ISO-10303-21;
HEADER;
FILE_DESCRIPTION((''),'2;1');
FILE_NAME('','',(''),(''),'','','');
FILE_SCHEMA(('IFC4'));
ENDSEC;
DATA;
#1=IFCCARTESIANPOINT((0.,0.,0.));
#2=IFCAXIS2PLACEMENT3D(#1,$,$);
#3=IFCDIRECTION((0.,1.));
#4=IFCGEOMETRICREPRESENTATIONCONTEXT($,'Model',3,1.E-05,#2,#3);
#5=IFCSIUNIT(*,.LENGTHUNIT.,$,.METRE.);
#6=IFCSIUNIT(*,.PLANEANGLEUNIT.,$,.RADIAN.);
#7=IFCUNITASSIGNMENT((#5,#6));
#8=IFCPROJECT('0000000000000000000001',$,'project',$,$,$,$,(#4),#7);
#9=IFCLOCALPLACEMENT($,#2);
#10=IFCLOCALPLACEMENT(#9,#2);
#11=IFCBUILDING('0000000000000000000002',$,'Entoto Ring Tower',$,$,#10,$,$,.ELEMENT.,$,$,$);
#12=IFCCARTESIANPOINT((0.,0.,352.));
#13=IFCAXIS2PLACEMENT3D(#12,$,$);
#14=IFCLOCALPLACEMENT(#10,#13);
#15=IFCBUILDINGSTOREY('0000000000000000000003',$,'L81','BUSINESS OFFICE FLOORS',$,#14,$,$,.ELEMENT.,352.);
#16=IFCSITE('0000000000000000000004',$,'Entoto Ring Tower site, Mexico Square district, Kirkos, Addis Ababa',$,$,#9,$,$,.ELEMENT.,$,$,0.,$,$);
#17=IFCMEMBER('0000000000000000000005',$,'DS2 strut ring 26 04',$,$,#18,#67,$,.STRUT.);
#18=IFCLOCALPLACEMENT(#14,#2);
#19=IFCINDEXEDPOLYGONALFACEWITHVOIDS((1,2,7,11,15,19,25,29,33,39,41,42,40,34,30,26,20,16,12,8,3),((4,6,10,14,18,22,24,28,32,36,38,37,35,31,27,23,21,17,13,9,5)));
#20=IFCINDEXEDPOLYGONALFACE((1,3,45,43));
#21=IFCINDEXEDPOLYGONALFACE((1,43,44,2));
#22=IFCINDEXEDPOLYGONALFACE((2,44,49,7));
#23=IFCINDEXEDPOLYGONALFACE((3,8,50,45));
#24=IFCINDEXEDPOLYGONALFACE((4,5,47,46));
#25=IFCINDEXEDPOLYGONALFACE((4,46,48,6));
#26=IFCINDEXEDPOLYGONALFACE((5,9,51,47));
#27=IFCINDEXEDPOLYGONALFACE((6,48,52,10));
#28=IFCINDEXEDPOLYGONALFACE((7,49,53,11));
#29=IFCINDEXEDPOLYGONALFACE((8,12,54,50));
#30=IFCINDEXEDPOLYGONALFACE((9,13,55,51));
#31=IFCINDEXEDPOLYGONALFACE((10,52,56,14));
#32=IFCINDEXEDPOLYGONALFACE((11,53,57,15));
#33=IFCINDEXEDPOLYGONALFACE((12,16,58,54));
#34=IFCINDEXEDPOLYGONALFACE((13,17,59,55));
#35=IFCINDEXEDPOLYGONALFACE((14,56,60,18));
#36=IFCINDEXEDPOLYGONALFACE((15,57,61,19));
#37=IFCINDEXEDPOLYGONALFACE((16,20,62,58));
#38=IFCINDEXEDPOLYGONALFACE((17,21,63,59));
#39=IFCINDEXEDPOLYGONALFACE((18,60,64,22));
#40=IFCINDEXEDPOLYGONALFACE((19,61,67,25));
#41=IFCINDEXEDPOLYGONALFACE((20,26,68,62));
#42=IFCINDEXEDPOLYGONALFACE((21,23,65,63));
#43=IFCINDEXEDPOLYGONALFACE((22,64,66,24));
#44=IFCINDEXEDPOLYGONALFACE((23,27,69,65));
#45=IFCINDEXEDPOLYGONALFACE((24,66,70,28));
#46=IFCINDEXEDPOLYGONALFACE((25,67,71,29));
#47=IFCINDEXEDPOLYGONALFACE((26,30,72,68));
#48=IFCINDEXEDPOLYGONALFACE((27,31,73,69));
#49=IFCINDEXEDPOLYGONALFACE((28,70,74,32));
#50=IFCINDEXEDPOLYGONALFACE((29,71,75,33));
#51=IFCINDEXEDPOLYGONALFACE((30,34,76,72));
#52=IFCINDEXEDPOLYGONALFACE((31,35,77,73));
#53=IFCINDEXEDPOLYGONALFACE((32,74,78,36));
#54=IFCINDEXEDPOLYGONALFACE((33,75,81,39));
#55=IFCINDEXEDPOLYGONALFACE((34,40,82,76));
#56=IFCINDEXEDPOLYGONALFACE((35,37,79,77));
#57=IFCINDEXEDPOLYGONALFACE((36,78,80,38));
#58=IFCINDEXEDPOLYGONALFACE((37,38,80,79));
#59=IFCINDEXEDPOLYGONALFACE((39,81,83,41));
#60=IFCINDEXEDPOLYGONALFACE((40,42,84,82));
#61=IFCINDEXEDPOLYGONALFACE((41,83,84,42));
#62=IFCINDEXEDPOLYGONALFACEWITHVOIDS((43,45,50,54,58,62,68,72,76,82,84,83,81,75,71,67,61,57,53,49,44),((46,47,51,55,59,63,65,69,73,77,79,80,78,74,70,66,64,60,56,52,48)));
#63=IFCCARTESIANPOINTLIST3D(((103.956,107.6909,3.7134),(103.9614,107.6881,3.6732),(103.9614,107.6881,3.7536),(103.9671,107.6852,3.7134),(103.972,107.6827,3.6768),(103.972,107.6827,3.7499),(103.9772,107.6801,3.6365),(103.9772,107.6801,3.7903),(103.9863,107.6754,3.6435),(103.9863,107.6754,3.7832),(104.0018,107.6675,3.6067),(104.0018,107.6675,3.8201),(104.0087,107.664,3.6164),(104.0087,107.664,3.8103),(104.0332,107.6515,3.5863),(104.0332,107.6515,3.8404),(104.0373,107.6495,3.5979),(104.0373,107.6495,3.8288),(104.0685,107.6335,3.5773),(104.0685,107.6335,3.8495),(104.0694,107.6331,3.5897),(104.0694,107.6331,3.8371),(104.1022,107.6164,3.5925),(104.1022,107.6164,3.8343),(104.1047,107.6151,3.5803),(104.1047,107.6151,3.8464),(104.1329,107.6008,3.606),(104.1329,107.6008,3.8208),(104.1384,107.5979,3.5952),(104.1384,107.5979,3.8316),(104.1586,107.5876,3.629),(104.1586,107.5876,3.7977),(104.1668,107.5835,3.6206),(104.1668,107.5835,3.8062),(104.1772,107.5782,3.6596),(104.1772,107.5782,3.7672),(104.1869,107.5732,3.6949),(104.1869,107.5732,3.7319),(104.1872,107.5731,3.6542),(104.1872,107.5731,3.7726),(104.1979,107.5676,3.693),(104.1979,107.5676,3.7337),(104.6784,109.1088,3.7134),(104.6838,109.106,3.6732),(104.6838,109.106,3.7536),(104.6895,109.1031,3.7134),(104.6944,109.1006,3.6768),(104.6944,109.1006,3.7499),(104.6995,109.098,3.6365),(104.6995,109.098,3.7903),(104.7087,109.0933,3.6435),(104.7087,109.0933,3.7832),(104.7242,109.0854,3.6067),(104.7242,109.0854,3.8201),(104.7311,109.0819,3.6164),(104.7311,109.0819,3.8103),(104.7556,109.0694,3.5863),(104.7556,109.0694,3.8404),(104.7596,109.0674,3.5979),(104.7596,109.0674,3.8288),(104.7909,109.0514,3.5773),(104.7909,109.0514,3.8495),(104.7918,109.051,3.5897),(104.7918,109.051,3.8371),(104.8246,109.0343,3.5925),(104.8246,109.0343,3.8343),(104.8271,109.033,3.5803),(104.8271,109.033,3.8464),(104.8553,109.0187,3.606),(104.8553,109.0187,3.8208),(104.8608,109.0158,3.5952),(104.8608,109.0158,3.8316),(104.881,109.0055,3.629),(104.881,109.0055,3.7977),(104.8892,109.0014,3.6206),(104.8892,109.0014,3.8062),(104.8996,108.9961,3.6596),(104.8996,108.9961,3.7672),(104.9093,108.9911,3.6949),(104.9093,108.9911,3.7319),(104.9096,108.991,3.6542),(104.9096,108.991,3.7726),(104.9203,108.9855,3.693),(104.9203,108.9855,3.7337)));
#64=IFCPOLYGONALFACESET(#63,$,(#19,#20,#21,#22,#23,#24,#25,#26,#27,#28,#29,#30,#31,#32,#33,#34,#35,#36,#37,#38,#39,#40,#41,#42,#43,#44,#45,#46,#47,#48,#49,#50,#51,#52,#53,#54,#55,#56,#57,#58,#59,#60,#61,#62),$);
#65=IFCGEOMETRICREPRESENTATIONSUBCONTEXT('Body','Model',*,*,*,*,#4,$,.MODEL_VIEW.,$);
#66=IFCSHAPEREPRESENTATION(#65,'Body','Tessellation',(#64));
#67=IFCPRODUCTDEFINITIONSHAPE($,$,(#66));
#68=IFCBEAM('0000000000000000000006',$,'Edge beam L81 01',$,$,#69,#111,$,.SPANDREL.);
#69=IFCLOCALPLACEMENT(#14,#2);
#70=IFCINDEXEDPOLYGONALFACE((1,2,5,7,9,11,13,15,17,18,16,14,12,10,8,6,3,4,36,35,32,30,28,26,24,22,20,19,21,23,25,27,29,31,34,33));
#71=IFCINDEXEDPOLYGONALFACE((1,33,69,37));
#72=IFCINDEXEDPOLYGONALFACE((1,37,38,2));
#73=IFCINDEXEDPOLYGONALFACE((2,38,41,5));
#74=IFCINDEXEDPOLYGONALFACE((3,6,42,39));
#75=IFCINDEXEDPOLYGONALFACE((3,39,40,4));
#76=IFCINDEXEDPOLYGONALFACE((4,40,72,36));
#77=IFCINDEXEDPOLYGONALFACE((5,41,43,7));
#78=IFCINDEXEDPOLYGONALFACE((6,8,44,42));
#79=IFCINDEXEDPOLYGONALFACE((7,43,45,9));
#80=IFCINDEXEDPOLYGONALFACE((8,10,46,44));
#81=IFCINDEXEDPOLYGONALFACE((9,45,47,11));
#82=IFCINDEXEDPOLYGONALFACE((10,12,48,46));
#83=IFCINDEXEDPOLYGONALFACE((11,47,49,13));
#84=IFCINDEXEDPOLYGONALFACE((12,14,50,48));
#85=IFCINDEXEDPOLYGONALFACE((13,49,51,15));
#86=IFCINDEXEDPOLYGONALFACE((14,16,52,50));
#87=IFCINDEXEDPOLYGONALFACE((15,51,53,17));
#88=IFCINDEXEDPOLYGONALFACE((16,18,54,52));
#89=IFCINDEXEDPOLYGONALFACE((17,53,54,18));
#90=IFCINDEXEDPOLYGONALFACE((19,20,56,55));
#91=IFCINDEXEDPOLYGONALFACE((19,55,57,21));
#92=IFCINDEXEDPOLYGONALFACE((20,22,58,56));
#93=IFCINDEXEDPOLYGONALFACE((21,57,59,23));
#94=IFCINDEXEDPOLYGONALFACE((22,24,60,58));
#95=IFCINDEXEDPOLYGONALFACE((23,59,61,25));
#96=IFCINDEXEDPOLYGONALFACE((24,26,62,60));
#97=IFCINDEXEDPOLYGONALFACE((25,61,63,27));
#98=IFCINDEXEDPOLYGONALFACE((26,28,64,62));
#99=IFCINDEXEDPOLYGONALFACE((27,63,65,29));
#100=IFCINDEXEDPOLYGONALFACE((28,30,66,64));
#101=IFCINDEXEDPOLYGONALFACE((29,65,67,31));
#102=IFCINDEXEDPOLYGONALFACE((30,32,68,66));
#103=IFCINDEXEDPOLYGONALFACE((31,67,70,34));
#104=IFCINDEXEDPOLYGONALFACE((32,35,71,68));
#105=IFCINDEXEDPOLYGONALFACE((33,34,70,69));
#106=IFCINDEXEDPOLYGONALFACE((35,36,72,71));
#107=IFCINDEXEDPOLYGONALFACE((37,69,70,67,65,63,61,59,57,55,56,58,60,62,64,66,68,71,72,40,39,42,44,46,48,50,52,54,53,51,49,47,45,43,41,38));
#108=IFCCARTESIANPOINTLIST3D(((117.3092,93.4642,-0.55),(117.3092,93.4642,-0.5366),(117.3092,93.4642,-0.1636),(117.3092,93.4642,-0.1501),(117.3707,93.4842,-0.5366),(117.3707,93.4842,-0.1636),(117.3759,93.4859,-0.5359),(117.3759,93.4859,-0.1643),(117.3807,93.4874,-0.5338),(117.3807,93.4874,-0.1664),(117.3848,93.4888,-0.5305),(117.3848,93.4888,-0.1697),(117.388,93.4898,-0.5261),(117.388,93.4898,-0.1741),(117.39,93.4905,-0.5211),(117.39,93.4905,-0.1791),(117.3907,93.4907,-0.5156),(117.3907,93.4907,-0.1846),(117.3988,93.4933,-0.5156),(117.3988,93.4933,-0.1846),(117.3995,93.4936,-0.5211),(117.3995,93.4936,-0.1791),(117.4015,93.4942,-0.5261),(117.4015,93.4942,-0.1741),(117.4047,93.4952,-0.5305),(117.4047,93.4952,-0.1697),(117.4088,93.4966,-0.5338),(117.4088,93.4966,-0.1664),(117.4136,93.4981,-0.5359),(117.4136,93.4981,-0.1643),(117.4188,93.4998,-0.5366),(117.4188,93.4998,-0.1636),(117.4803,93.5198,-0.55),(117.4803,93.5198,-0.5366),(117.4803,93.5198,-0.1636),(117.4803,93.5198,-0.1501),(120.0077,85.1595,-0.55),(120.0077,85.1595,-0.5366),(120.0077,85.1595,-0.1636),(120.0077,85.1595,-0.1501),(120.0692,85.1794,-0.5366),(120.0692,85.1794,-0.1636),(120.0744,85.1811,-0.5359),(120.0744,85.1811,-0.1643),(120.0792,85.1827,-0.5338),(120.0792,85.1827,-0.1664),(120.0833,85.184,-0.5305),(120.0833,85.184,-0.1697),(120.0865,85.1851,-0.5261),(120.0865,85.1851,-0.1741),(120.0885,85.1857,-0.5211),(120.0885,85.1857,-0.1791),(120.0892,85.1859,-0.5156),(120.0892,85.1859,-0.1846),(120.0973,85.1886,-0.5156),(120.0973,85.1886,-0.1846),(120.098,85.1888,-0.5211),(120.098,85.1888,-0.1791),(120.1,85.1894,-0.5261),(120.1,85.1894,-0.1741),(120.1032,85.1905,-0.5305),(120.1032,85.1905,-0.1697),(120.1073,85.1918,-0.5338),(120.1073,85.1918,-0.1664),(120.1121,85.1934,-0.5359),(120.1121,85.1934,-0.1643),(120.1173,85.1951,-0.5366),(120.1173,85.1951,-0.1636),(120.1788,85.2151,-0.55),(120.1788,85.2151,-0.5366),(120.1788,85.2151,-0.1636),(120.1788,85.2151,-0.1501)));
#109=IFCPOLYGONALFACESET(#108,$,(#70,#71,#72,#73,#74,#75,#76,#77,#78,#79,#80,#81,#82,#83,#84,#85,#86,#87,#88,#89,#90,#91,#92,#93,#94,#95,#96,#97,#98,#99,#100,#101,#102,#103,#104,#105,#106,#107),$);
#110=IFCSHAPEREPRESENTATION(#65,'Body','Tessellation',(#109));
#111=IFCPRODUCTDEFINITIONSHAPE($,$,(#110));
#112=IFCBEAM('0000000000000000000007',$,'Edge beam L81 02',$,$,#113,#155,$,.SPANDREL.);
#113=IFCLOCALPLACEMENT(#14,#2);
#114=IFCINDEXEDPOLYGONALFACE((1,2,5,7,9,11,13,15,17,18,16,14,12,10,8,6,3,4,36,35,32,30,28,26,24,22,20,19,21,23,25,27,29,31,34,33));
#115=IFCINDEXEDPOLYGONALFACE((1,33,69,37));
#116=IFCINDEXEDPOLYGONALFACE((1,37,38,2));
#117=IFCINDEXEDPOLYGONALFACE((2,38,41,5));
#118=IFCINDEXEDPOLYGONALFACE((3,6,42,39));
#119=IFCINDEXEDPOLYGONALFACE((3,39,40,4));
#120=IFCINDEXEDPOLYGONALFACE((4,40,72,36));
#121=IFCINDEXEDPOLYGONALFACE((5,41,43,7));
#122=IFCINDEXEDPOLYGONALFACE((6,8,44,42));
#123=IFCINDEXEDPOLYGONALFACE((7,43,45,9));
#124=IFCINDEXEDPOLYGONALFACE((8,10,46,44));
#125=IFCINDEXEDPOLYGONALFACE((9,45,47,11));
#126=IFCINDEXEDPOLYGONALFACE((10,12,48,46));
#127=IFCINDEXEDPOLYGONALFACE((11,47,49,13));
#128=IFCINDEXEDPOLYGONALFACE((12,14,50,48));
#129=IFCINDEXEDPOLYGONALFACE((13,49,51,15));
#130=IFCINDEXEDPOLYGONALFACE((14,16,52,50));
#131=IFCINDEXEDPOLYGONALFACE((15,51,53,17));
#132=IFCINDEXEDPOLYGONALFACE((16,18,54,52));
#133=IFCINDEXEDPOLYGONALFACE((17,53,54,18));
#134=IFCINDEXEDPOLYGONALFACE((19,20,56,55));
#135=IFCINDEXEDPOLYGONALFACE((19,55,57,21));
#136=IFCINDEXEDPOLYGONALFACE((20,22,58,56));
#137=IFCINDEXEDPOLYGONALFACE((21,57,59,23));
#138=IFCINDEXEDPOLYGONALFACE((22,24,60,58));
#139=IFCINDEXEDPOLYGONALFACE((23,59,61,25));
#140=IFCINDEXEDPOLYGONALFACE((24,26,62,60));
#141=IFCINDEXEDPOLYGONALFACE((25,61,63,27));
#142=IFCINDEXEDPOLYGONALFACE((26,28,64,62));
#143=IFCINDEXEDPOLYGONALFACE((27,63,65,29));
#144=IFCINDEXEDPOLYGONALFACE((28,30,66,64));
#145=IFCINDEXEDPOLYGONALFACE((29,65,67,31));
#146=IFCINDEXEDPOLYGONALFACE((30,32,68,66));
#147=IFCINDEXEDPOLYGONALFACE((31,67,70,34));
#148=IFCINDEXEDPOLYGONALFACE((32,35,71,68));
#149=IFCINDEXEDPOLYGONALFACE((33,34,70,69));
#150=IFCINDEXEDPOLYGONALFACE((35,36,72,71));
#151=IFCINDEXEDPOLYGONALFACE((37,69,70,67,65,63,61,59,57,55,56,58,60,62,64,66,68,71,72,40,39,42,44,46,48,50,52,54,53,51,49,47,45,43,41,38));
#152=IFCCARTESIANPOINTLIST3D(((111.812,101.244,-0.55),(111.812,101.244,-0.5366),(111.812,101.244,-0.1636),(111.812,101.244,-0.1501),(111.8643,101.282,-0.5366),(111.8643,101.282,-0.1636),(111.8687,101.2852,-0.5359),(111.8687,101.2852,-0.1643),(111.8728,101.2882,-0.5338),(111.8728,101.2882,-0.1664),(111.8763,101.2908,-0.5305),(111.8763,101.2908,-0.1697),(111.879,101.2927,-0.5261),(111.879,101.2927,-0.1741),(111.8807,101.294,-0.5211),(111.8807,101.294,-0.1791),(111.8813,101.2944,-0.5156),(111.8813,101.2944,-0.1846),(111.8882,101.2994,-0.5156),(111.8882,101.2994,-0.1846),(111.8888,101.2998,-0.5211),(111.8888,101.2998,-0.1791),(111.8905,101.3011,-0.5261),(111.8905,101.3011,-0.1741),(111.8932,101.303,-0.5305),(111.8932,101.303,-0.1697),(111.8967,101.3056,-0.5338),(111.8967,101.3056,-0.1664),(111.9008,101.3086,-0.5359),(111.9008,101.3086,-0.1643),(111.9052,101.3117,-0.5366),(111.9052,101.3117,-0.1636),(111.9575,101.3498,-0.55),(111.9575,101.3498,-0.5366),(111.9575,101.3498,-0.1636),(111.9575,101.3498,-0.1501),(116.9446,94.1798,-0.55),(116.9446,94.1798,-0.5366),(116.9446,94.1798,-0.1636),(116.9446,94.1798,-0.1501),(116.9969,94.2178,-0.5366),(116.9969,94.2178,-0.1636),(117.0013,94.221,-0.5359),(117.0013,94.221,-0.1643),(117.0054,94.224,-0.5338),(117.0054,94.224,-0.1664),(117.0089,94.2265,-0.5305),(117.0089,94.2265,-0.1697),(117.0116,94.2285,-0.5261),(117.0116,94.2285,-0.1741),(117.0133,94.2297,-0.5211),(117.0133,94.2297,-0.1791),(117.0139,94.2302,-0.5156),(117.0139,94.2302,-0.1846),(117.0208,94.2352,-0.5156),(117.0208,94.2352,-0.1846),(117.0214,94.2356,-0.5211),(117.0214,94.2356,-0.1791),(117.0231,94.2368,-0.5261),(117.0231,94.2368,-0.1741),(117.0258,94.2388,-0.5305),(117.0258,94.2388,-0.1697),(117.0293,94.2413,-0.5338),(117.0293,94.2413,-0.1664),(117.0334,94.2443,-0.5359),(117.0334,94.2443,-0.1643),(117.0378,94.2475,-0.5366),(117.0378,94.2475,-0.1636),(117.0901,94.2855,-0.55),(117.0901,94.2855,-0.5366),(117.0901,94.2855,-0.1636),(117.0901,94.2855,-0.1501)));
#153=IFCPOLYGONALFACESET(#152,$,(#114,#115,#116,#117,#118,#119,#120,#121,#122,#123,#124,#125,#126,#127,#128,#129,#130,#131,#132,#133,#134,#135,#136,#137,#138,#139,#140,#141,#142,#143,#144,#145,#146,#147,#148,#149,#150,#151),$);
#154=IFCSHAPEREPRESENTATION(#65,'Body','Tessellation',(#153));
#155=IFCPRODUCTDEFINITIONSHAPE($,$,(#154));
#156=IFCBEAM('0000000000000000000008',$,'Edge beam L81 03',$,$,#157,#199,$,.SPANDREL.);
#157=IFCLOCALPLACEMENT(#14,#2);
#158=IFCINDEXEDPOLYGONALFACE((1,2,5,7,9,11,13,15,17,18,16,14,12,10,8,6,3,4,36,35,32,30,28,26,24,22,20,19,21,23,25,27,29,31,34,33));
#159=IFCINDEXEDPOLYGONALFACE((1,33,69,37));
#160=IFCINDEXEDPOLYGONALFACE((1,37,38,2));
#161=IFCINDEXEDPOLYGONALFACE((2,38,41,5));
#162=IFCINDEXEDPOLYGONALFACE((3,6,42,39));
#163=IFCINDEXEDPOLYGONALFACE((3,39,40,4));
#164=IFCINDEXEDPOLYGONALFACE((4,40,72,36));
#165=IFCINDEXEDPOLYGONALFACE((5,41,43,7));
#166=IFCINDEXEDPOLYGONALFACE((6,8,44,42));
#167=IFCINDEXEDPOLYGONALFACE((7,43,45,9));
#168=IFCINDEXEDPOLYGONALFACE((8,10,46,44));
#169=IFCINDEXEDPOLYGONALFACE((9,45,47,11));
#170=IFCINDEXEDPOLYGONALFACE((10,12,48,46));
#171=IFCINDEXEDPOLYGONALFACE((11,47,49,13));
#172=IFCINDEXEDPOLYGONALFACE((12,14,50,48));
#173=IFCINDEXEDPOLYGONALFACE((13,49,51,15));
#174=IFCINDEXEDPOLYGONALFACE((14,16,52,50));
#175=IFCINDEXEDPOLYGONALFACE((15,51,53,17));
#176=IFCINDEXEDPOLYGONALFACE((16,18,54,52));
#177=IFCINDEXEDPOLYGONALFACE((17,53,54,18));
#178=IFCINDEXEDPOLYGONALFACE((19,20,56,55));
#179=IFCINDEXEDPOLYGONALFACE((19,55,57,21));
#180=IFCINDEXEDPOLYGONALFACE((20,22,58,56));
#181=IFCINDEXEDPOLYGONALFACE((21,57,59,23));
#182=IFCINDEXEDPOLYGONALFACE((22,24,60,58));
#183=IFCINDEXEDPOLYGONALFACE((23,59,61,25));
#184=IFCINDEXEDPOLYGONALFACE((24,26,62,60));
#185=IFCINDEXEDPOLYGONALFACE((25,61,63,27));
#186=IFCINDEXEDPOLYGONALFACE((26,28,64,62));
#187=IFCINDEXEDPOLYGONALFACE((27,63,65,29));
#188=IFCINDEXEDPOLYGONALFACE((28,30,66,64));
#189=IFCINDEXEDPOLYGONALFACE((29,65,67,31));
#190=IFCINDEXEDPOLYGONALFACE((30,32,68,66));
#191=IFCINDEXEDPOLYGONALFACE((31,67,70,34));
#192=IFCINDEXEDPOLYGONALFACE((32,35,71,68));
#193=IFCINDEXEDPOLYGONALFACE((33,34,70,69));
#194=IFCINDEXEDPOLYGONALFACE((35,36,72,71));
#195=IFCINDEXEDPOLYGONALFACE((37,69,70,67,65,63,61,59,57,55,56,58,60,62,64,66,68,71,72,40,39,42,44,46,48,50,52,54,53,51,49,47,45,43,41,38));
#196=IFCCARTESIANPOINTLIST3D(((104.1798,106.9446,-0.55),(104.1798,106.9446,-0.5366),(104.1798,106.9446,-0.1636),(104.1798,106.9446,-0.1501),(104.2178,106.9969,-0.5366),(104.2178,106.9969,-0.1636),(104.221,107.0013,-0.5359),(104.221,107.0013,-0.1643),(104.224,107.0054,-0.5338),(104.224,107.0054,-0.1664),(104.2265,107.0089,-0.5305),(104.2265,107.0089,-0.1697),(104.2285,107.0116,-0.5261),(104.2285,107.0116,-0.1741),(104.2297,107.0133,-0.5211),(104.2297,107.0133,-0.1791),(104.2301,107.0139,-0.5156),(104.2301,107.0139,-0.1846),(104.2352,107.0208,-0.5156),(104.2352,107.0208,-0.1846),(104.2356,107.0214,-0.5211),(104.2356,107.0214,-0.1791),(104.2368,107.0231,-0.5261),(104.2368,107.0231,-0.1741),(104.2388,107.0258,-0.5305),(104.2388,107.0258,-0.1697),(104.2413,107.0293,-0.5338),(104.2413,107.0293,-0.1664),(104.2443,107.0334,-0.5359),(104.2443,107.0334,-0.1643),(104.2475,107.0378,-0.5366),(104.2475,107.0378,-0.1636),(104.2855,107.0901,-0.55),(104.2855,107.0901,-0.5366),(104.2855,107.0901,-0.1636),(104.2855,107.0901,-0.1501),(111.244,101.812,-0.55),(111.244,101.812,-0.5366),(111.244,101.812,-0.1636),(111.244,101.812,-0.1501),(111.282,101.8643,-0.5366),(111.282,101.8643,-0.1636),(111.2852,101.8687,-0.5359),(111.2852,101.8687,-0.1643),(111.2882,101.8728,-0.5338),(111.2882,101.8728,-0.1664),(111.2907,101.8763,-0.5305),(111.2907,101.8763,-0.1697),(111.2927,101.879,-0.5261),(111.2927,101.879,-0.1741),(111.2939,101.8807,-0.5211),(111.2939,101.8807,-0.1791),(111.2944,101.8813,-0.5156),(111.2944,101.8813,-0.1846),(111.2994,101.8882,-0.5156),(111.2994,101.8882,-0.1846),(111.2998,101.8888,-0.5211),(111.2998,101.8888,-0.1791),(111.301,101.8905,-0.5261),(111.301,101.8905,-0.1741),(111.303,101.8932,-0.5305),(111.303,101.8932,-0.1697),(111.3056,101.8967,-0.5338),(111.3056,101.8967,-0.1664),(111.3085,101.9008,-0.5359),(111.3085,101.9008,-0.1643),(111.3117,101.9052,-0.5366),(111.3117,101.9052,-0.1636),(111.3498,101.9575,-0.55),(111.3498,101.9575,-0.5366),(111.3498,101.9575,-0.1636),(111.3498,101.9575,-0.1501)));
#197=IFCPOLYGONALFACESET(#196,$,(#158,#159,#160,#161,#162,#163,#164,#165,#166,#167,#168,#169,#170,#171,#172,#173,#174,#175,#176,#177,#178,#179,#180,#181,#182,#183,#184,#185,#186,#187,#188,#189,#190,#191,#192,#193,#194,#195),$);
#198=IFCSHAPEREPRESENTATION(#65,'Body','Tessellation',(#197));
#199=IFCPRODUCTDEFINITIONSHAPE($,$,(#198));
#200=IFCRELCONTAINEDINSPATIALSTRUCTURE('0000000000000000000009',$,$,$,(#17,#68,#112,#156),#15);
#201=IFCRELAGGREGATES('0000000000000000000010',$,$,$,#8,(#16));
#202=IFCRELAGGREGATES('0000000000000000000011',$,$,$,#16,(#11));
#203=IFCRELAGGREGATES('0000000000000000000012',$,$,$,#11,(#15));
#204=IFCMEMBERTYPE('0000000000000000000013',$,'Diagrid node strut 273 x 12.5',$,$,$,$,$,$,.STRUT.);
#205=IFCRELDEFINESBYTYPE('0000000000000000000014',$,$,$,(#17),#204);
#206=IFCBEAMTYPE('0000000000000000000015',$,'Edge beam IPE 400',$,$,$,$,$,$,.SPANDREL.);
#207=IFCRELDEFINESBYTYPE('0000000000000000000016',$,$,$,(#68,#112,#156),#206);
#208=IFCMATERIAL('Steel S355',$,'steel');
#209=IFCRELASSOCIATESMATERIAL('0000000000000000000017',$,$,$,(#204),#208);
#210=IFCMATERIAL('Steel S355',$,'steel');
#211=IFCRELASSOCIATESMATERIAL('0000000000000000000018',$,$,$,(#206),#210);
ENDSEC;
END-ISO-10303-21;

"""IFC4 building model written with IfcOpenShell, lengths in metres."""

from ifc_helpers import new_model, si_unit, direction, frame, origin, origin_2d, place, context, subcontext, project, spatial, circle, hollow_circle, i_section, extrude, material, material_profile, profile_set, type_object, element, save


model = new_model("IFC4")

# Units and contexts
model_context = context("Model", 3, precision=1e-05, world=origin(), true_north=direction((0.0, 1.0)))
body_context = subcontext(model_context, "Body", "Model", "MODEL_VIEW")
ifc_project = project(units=[si_unit("LENGTHUNIT", "METRE"), si_unit("PLANEANGLEUNIT", "RADIAN")], contexts=[model_context])

# Site, building, storey
site_placement = place(None, origin())
site = spatial("IfcSite", under=ifc_project, at=site_placement, Name="Entoto Ring Tower site, Mexico Square district, Kirkos, Addis Ababa", CompositionType="ELEMENT", RefElevation=0.0)
building_placement = place(site_placement, origin())
building = spatial("IfcBuilding", under=site, at=building_placement, Name="Entoto Ring Tower", CompositionType="ELEMENT")
storey_placement = place(building_placement, frame((0.0, 0.0, 352.0)))
storey = spatial("IfcBuildingStorey", under=building, at=storey_placement, Name="L81", Description="BUSINESS OFFICE FLOORS", CompositionType="ELEMENT", Elevation=352.0)

# Member
ifc_material_1 = material(Name="Steel S355", Category="steel")
ifc_material_profile_1 = material_profile(ifc_material_1, hollow_circle(Radius=0.1365, WallThickness=0.0125, at=origin_2d()), Name="CHS 273 x 12.5")
ifc_material_2 = material(Name="Concrete C60/75", Category="concrete")
ifc_material_profile_2 = material_profile(ifc_material_2, circle(Radius=0.124, at=origin_2d()), Name="Concrete C60/75 infill")
ifc_profile_set_1 = profile_set([ifc_material_profile_1, ifc_material_profile_2], Name="Steel S355")
member_type = type_object("IfcMemberType", Name="Diagrid node strut 273 x 12.5", PredefinedType="STRUT", material=ifc_profile_set_1)
for number, where, z_axis, x_axis, name in (
    (1, (104.0776, 107.6289, 3.7134), (0.453951, 0.891027, 0.0), (-0.891027, 0.453951, 0.0), "DS2 strut ring 26 04"),
):
    element("IfcMember", number, at=place(storey_placement, frame(where, z_axis=z_axis, x_axis=x_axis)), inside=storey, type_object=member_type, Name=name, PredefinedType="STRUT", context=body_context, shape_type="SweptSolid", body=[
        extrude(hollow_circle(Radius=0.1365, WallThickness=0.0125, at=origin_2d()), origin(), (0.0, 0.0, 1.0), 1.5913),
    ])

# Beams
ifc_material_3 = material(Name="Steel S355", Category="steel")
ifc_material_profile_3 = material_profile(ifc_material_3, i_section(OverallWidth=0.1799, OverallDepth=0.3999, WebThickness=0.0085, FlangeThickness=0.0134, FilletRadius=0.021, at=origin_2d()), Name="IPE 400")
ifc_profile_set_2 = profile_set([ifc_material_profile_3], Name="Steel S355")
beam_type_1 = type_object("IfcBeamType", Name="Edge beam IPE 400", PredefinedType="SPANDREL", material=ifc_profile_set_2)
beam_1_placement = place(storey_placement, frame((120.0933, 85.1873, -0.3501), z_axis=(-0.30903, 0.951052, 0.0), x_axis=(-0.951052, -0.30903, 0.0)))
element("IfcBeam", 2, at=beam_1_placement, inside=storey, type_object=beam_type_1, Name="Edge beam L81 01", PredefinedType="SPANDREL", context=body_context, shape_type="SweptSolid", body=[
    extrude(i_section(OverallWidth=0.1799, OverallDepth=0.3999, WebThickness=0.0085, FlangeThickness=0.0134, FilletRadius=0.021, at=origin_2d()), origin(), (0.0, 0.0, 1.0), 8.7322),
])
for number, where, z_axis, x_axis, name in (
    (3, (117.0173, 94.2327, -0.3501), (-0.587794, 0.80901, 0.0), (-0.80901, -0.587794, 0.0), "Edge beam L81 02"),
    (4, (111.2969, 101.8848, -0.3501), (-0.80901, 0.587794, 0.0), (-0.587794, -0.80901, 0.0), "Edge beam L81 03"),
):
    element("IfcBeam", number, at=place(storey_placement, frame(where, z_axis=z_axis, x_axis=x_axis)), inside=storey, type_object=beam_type_1, Name=name, PredefinedType="SPANDREL", context=body_context, shape_type="SweptSolid", body=[
        extrude(i_section(OverallWidth=0.1799, OverallDepth=0.3999, WebThickness=0.0085, FlangeThickness=0.0134, FilletRadius=0.021, at=origin_2d()), origin(), (0.0, 0.0, 1.0), 8.7319),
    ])

save(model, "model.ifc")
